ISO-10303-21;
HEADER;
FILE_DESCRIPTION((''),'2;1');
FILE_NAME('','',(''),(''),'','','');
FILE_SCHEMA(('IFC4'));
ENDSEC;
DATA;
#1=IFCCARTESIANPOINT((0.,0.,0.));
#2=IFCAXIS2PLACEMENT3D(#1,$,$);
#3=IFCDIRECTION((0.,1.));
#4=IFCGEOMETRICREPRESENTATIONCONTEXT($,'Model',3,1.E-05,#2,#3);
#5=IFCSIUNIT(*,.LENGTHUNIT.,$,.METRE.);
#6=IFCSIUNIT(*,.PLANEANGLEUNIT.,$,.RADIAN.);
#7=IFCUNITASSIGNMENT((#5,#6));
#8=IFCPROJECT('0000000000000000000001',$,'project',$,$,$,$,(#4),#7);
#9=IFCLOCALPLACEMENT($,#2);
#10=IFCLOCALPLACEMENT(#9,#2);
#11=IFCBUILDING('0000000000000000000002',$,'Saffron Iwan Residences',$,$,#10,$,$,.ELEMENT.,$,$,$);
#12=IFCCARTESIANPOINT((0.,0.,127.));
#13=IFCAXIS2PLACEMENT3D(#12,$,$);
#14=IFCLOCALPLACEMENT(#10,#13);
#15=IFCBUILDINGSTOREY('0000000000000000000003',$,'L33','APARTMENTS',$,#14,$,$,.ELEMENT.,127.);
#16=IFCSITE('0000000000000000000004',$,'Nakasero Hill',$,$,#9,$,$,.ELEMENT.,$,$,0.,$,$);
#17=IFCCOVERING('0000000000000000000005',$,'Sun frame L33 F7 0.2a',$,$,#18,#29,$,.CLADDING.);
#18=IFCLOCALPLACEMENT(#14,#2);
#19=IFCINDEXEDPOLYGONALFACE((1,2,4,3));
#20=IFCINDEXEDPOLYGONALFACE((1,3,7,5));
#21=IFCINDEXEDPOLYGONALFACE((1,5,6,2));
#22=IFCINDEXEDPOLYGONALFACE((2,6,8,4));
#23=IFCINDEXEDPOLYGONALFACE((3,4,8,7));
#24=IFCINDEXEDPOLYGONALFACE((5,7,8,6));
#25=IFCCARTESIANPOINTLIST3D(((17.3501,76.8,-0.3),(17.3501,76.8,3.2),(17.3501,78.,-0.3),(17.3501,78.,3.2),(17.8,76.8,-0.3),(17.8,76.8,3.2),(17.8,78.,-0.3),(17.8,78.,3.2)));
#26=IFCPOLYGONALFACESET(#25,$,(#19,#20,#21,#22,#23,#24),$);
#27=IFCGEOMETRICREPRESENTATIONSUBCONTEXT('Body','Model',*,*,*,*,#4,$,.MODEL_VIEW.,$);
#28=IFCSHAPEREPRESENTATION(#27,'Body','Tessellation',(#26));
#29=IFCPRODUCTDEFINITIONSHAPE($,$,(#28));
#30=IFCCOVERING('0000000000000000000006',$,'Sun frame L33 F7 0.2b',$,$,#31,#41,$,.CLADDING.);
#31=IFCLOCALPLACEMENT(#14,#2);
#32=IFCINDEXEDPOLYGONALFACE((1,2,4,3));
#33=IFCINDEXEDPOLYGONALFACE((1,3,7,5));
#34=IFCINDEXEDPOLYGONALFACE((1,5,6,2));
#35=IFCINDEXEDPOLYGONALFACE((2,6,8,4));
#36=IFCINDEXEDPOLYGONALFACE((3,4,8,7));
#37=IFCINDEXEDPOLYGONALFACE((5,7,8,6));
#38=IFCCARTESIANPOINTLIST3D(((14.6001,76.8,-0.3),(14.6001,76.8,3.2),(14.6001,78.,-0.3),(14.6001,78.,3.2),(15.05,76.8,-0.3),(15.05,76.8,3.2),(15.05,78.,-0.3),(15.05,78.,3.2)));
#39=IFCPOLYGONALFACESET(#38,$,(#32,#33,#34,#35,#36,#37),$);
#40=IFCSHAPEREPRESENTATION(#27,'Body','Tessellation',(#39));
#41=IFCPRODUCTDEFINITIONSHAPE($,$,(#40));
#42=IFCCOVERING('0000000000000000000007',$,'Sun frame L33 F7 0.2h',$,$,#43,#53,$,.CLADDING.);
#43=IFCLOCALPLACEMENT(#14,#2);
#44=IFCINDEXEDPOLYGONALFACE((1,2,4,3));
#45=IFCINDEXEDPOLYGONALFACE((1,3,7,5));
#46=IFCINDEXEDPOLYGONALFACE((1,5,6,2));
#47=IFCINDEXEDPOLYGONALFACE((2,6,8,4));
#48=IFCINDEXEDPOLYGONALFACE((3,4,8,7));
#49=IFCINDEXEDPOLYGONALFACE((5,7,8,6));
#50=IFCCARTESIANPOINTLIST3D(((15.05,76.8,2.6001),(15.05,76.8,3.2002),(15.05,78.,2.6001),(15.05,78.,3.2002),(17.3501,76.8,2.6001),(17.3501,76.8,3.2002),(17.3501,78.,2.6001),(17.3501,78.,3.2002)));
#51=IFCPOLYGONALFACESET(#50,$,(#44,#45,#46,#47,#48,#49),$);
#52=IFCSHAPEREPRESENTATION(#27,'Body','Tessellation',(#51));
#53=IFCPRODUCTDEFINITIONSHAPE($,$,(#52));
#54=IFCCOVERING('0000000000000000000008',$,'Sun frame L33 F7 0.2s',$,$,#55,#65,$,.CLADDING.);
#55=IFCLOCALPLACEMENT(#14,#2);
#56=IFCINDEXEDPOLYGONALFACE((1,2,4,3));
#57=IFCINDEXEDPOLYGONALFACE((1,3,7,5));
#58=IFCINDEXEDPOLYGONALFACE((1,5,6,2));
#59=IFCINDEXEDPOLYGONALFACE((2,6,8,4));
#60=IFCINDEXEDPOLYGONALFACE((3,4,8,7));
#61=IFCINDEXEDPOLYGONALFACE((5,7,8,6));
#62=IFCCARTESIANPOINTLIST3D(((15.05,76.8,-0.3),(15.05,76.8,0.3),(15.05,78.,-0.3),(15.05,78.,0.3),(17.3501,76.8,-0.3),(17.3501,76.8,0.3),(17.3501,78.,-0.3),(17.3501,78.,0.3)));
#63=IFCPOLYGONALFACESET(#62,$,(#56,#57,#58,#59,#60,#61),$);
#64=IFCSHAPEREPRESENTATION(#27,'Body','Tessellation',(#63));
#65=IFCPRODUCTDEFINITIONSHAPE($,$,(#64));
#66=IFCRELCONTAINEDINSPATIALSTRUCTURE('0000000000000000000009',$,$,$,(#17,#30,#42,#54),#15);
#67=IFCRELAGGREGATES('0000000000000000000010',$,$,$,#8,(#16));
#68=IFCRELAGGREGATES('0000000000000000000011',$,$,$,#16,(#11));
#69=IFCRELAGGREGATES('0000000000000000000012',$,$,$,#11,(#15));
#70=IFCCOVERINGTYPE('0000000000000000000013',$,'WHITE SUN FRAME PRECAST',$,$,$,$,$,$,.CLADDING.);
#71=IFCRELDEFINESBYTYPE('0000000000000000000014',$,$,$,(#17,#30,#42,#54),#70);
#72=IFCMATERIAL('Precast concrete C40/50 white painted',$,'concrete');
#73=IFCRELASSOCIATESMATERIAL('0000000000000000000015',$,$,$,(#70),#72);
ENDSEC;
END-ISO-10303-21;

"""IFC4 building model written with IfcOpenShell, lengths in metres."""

from ifc_helpers import new_model, si_unit, direction, frame, origin, place, context, subcontext, project, spatial, polyline, outline, extrude, material, type_object, element, save


model = new_model("IFC4")

# Units and contexts
model_context = context("Model", 3, precision=1e-05, world=origin(), true_north=direction((0.0, 1.0)))
body_context = subcontext(model_context, "Body", "Model", "MODEL_VIEW")
ifc_project = project(units=[si_unit("LENGTHUNIT", "METRE"), si_unit("PLANEANGLEUNIT", "RADIAN")], contexts=[model_context])

# Site, building, storey
site_placement = place(None, origin())
site = spatial("IfcSite", under=ifc_project, at=site_placement, Name="Nakasero Hill", CompositionType="ELEMENT", RefElevation=0.0)
building_placement = place(site_placement, origin())
building = spatial("IfcBuilding", under=site, at=building_placement, Name="Saffron Iwan Residences", CompositionType="ELEMENT")
storey_placement = place(building_placement, frame((0.0, 0.0, 127.0)))
storey = spatial("IfcBuildingStorey", under=building, at=storey_placement, Name="L33", Description="APARTMENTS", CompositionType="ELEMENT", Elevation=127.0)

# Coverings
ifc_material_1 = material(Name="Precast concrete C40/50 white painted", Category="concrete")
covering_type_1 = type_object("IfcCoveringType", Name="WHITE SUN FRAME PRECAST", PredefinedType="CLADDING", material=ifc_material_1)
for number, where, z_axis, x_axis, name in (
    (1, (17.8, 76.8, -0.3), (0.0, 1.0, 0.0), (-1.0, 0.0, 0.0), "Sun frame L33 F7 0.2a"),
    (2, (15.05, 76.8, -0.3), (0.0, 1.0, 0.0), (-1.0, 0.0, 0.0), "Sun frame L33 F7 0.2b"),
):
    element("IfcCovering", number, at=place(storey_placement, frame(where, z_axis=z_axis, x_axis=x_axis)), inside=storey, type_object=covering_type_1, Name=name, PredefinedType="CLADDING", context=body_context, shape_type="SweptSolid", body=[
        extrude(outline(polyline([(0.0, 0.0), (0.45, 0.0), (0.45, 3.5), (0.0, 3.5), (0.0, 0.0)])), origin(), (0.0, 0.0, 1.0), 1.2),
    ])
for number, where, z_axis, x_axis, name in (
    (3, (17.3501, 76.8, 2.6001), (0.0, 1.0, 0.0), (-1.0, 0.0, 0.0), "Sun frame L33 F7 0.2h"),
    (4, (17.3501, 76.8, -0.3), (0.0, 1.0, 0.0), (-1.0, 0.0, 0.0), "Sun frame L33 F7 0.2s"),
):
    element("IfcCovering", number, at=place(storey_placement, frame(where, z_axis=z_axis, x_axis=x_axis)), inside=storey, type_object=covering_type_1, Name=name, PredefinedType="CLADDING", context=body_context, shape_type="SweptSolid", body=[
        extrude(outline(polyline([(0.0, 0.0), (2.3, 0.0), (2.3, 0.6001), (0.0, 0.6001), (0.0, 0.0)])), origin(), (0.0, 0.0, 1.0), 1.2),
    ])

save(model, "model.ifc")
